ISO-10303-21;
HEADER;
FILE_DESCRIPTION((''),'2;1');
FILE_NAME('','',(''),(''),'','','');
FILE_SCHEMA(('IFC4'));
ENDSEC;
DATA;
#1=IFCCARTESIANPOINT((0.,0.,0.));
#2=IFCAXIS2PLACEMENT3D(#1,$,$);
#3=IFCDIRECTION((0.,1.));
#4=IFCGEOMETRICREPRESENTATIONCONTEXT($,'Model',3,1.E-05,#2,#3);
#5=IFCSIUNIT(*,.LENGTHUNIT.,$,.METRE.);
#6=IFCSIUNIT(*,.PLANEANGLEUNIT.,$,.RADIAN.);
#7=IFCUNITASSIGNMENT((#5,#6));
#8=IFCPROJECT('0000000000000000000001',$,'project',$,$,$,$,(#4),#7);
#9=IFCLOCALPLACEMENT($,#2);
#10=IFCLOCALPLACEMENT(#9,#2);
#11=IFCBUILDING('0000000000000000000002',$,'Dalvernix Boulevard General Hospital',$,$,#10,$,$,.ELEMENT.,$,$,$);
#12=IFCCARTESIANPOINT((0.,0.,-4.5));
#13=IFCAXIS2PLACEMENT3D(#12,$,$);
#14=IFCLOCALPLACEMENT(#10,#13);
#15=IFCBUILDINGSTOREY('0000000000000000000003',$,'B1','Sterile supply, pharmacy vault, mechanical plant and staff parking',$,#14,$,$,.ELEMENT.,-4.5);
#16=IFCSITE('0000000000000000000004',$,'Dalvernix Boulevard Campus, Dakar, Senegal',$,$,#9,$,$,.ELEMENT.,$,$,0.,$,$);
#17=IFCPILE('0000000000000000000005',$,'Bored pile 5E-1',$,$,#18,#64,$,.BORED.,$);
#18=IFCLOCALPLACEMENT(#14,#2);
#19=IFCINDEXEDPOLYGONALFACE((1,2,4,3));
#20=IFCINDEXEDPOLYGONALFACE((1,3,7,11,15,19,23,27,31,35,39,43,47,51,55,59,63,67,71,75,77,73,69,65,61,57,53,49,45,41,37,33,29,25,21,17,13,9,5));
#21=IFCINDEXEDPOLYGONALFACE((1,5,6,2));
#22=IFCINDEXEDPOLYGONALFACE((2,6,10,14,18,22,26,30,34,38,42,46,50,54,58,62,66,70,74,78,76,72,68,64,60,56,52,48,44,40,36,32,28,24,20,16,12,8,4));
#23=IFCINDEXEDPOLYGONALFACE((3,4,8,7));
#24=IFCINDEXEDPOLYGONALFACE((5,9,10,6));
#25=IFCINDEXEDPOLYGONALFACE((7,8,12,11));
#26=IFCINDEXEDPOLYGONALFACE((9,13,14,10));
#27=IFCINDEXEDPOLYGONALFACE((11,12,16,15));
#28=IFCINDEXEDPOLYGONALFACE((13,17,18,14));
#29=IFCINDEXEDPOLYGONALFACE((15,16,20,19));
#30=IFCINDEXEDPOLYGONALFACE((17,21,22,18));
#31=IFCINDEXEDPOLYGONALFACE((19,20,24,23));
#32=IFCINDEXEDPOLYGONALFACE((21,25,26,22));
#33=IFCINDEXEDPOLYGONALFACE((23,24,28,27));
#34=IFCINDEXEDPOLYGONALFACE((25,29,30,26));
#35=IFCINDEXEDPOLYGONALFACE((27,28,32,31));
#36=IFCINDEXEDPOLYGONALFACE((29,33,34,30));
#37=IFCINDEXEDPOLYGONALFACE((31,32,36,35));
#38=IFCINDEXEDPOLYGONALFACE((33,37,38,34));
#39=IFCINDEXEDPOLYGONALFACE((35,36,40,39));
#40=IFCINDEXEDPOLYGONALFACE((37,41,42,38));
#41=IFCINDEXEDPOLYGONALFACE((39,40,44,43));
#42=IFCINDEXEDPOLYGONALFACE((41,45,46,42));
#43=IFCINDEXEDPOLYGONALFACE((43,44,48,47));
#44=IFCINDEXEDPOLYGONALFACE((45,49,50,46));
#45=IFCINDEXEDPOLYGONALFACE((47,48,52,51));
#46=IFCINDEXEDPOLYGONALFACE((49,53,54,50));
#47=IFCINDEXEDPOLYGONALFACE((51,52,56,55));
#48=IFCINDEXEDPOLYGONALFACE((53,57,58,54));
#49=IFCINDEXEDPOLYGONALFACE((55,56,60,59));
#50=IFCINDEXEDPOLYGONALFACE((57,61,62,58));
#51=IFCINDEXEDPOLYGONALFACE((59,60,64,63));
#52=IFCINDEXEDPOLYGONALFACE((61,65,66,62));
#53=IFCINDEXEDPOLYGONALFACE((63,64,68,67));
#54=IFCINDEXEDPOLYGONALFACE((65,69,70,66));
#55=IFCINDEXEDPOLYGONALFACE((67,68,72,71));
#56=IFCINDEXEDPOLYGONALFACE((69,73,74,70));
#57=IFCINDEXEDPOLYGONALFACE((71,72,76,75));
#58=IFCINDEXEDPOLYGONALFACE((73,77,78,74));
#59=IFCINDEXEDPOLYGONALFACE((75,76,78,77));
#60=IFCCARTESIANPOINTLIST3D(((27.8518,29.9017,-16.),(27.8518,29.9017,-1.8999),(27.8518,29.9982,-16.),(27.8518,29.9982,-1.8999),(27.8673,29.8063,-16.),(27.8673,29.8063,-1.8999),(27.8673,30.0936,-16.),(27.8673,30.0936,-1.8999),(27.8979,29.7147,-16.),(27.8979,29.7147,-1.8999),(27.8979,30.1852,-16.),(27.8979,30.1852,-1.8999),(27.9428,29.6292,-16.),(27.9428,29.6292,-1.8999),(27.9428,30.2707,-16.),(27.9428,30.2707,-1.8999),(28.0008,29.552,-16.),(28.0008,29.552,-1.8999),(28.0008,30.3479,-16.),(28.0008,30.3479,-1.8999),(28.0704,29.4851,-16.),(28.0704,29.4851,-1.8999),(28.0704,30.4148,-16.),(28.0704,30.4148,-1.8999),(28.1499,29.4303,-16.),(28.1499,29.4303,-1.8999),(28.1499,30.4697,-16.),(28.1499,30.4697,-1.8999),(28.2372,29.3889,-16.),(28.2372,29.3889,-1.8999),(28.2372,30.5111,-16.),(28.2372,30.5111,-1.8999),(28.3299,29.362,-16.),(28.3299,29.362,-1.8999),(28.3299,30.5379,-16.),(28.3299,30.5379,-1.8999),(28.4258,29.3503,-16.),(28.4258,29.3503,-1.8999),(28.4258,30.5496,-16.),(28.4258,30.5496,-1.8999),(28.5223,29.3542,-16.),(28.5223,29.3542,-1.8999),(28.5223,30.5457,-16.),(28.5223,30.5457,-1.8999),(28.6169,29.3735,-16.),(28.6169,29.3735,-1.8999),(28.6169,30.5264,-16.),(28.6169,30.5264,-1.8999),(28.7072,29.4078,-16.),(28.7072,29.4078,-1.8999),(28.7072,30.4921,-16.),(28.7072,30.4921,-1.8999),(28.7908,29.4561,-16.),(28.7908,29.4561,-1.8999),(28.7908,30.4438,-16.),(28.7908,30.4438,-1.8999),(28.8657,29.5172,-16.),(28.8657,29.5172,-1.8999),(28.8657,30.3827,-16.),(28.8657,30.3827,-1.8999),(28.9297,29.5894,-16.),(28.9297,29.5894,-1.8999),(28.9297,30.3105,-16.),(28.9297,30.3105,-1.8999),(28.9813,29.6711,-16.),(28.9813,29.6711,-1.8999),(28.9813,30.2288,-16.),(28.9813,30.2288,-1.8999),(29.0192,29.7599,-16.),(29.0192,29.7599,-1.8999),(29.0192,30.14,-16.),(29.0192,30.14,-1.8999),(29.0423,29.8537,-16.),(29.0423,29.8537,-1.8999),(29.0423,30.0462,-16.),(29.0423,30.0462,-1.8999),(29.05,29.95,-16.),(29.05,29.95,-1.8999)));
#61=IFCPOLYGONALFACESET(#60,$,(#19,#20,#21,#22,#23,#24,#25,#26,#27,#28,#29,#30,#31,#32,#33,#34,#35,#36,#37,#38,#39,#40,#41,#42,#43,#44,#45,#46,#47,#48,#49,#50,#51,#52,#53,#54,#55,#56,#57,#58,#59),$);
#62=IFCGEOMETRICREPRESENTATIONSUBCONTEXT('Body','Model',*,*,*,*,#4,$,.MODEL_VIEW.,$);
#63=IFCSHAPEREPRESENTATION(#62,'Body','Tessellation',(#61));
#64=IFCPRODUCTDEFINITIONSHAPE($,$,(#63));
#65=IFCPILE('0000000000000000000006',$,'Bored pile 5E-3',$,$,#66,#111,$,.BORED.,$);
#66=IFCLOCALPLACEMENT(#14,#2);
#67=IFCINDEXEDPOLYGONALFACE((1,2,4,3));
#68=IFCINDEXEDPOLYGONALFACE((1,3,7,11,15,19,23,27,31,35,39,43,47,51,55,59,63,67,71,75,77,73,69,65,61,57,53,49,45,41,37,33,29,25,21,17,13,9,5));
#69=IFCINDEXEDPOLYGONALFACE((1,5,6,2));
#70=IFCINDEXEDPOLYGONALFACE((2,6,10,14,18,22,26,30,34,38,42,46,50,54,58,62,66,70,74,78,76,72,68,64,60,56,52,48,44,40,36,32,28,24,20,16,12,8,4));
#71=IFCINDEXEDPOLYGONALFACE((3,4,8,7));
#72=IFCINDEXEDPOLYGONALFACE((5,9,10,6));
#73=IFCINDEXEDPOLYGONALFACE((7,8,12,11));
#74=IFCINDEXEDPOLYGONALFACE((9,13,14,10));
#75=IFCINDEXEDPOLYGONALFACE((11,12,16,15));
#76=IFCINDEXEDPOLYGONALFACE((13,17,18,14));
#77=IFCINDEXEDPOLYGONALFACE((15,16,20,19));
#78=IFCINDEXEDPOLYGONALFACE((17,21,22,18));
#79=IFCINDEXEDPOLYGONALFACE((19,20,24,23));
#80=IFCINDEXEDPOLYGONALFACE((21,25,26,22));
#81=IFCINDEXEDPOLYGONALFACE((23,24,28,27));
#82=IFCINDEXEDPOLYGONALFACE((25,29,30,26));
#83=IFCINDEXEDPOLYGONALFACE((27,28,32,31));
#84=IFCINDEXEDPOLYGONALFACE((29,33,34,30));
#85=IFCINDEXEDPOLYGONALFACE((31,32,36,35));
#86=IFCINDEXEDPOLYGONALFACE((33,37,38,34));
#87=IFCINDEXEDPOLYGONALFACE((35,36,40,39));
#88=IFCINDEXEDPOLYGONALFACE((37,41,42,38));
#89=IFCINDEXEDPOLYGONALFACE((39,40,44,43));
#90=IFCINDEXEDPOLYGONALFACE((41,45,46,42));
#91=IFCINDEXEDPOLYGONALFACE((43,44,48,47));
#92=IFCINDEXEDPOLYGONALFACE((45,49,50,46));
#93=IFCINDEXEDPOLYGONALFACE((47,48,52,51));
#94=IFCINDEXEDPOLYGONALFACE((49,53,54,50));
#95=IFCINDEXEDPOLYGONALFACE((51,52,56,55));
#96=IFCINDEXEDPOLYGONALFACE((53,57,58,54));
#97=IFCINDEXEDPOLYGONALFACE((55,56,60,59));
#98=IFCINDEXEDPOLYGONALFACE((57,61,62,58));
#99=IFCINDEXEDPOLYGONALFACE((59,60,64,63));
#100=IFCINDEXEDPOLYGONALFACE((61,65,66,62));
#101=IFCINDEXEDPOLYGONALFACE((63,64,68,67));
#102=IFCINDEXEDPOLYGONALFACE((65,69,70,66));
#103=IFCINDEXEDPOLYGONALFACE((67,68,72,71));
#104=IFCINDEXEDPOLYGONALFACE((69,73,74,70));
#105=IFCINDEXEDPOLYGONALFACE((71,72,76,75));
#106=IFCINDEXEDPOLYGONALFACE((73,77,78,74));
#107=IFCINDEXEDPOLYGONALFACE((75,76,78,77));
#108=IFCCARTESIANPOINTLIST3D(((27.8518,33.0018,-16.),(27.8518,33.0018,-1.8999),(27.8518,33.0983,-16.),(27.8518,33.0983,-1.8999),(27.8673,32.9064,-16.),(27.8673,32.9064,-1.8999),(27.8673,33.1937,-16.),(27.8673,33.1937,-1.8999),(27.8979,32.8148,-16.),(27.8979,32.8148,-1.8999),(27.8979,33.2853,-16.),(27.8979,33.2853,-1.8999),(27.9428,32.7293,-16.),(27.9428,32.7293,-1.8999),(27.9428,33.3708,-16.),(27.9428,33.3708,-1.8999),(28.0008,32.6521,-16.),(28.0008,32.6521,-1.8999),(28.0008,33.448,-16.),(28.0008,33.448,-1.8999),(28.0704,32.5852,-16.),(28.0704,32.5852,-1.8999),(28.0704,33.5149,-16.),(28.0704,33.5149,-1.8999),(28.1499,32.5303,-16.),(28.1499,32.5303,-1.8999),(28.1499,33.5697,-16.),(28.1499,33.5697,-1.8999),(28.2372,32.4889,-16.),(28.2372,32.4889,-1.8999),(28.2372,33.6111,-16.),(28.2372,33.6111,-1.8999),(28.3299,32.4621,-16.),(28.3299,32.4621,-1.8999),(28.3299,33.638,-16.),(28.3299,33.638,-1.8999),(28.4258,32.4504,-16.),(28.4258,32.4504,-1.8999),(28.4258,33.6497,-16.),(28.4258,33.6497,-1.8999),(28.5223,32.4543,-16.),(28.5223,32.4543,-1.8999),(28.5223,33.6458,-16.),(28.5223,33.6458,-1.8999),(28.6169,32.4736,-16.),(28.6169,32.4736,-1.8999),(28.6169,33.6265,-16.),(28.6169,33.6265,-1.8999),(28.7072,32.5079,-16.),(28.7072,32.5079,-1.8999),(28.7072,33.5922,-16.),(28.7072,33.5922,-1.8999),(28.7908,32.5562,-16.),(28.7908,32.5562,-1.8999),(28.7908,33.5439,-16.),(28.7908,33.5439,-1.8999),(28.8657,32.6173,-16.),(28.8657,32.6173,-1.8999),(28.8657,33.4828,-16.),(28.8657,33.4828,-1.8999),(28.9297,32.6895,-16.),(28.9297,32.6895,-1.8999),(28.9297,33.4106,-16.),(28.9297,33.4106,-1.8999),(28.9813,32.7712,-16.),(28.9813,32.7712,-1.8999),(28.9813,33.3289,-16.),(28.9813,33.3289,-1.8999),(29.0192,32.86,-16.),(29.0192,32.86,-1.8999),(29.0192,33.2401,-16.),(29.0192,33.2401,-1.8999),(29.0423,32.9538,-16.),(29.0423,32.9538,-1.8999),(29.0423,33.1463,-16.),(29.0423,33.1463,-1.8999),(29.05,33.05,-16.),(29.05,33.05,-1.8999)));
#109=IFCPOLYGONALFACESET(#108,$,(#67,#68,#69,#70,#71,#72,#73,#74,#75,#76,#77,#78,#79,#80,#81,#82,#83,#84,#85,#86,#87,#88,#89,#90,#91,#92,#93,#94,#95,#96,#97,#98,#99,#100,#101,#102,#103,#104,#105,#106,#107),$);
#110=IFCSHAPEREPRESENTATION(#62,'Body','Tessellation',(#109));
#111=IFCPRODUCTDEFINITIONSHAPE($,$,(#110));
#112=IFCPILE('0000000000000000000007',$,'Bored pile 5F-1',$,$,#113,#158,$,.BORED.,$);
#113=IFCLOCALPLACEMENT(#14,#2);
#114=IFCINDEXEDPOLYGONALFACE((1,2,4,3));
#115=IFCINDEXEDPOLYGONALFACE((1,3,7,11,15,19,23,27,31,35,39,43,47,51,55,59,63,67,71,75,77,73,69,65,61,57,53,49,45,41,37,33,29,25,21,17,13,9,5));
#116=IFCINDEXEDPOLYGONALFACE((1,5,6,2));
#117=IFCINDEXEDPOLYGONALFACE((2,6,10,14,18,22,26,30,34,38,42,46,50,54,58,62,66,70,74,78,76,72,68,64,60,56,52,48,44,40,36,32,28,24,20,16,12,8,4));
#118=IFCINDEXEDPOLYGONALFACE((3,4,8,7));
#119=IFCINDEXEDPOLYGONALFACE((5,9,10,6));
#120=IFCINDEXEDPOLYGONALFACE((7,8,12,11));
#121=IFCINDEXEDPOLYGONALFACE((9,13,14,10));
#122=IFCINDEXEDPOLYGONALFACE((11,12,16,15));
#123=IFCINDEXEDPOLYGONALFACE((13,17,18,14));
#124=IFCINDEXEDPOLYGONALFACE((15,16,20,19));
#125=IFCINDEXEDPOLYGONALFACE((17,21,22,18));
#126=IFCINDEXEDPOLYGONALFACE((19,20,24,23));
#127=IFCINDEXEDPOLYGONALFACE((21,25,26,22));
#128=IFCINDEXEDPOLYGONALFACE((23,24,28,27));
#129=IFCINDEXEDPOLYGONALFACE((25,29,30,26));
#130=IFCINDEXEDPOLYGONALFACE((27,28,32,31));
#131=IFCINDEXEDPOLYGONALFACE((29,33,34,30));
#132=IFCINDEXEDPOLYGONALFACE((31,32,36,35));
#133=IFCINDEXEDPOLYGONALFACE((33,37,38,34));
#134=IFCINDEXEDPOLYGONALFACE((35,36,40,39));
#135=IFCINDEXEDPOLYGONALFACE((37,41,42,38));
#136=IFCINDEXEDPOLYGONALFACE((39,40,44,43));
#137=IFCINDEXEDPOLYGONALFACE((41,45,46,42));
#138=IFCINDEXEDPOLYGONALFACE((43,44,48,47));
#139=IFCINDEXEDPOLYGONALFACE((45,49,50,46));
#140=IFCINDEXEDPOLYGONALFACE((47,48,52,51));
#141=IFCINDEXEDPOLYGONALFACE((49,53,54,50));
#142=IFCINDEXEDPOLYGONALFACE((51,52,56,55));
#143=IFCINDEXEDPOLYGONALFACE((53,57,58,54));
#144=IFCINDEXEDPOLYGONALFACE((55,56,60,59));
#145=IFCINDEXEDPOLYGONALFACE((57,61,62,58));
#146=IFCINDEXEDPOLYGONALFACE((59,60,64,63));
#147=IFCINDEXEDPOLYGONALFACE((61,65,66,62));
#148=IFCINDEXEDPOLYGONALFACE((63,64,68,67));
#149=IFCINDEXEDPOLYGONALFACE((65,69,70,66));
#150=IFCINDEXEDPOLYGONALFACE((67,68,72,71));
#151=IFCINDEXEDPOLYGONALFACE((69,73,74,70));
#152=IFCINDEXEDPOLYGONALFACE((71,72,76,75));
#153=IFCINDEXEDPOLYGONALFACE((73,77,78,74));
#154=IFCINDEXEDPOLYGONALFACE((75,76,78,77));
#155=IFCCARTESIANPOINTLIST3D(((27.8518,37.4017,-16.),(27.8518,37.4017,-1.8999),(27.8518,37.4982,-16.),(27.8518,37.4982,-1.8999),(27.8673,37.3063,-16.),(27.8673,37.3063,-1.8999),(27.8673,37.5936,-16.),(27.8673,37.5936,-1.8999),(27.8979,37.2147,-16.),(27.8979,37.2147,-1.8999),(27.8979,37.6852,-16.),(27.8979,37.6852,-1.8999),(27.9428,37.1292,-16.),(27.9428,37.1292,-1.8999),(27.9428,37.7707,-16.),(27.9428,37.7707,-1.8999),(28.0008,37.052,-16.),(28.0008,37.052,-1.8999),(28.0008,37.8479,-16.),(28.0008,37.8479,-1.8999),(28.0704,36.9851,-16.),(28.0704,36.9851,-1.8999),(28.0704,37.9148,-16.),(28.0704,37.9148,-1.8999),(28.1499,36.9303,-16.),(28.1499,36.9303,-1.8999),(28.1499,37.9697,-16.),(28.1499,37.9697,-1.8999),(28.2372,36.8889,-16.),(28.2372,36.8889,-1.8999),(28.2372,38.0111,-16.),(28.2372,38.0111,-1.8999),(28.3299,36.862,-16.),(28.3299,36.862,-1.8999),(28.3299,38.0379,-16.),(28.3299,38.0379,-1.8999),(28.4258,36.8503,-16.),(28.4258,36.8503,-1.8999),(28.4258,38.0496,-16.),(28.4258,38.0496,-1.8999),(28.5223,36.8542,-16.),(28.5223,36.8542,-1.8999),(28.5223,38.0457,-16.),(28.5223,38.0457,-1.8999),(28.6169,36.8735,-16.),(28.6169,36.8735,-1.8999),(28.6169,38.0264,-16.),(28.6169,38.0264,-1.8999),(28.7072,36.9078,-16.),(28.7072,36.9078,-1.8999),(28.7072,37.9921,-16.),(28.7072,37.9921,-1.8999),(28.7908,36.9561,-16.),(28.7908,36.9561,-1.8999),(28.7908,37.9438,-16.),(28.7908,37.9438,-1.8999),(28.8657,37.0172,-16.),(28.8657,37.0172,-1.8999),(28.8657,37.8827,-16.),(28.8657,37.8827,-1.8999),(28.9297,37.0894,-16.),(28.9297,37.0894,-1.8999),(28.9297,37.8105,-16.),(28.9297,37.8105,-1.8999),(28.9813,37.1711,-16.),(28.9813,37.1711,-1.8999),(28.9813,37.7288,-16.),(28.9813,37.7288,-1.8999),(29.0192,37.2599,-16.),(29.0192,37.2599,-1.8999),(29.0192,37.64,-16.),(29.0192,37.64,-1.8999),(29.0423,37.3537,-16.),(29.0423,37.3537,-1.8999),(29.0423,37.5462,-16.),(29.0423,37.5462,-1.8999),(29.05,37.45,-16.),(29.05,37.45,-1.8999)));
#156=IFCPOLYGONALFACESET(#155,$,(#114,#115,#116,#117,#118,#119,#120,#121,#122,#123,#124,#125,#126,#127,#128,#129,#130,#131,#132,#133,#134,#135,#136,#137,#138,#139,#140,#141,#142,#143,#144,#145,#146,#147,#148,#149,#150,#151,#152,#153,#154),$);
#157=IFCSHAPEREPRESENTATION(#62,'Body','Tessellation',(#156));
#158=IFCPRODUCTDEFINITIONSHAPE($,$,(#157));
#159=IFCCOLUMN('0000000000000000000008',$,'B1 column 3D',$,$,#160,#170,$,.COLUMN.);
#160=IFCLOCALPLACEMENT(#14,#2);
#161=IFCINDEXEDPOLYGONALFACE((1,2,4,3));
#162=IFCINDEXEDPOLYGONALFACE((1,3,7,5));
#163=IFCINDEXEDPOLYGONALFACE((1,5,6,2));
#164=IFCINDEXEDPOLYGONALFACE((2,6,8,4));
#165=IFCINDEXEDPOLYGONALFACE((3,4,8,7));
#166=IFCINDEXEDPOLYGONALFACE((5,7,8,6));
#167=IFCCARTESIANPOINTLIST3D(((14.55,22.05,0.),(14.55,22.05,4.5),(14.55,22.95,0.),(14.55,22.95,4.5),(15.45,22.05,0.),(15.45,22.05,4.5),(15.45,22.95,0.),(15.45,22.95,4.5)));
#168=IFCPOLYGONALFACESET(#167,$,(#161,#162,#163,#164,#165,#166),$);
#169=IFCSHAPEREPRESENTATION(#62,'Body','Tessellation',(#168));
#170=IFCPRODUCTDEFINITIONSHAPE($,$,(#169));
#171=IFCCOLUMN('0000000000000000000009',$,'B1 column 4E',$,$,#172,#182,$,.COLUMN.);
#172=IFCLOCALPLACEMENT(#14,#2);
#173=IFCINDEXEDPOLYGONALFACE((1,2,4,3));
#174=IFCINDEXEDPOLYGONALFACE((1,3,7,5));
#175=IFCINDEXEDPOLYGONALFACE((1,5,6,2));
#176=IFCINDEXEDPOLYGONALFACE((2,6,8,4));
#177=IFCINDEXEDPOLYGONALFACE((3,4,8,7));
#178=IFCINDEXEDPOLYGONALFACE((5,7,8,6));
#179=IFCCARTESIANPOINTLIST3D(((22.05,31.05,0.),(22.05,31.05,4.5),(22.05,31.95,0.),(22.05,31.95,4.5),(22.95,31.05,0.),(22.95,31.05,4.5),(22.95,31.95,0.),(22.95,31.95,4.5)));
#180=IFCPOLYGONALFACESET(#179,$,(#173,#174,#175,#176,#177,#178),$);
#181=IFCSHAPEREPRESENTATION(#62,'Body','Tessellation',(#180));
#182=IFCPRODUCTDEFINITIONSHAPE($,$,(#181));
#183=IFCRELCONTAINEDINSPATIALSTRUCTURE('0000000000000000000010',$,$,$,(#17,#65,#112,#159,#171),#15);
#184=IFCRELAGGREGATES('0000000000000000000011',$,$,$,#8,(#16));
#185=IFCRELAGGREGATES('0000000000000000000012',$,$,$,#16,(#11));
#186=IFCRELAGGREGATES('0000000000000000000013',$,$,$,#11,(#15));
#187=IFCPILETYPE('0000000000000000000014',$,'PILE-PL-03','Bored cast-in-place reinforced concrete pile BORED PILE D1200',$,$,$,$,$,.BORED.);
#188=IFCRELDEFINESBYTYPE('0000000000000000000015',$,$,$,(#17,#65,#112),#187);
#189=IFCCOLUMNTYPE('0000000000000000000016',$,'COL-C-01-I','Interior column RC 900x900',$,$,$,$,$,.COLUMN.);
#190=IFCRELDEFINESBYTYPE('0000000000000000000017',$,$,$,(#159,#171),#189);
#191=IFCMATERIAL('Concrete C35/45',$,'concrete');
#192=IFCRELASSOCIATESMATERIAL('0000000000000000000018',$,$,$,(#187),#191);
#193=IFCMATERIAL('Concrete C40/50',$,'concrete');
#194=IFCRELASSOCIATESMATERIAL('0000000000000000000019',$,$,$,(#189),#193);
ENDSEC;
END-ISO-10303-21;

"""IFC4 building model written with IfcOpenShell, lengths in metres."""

from ifc_helpers import new_model, si_unit, direction, frame, origin, origin_2d, place, context, subcontext, project, spatial, rectangle, circle, extrude, material, material_profile, profile_set, type_object, element, save


model = new_model("IFC4")

# Units and contexts
model_context = context("Model", 3, precision=1e-05, world=origin(), true_north=direction((0.0, 1.0)))
body_context = subcontext(model_context, "Body", "Model", "MODEL_VIEW")
ifc_project = project(units=[si_unit("LENGTHUNIT", "METRE"), si_unit("PLANEANGLEUNIT", "RADIAN")], contexts=[model_context])

# Site, building, storey
site_placement = place(None, origin())
site = spatial("IfcSite", under=ifc_project, at=site_placement, Name="Dalvernix Boulevard Campus, Dakar, Senegal", CompositionType="ELEMENT", RefElevation=0.0)
building_placement = place(site_placement, origin())
building = spatial("IfcBuilding", under=site, at=building_placement, Name="Dalvernix Boulevard General Hospital", CompositionType="ELEMENT")
storey_placement = place(building_placement, frame((0.0, 0.0, -4.5)))
storey = spatial("IfcBuildingStorey", under=building, at=storey_placement, Name="B1", Description="Sterile supply, pharmacy vault, mechanical plant and staff parking", CompositionType="ELEMENT", Elevation=-4.5)

# Shared definitions
ifc_material_1 = material(Name="Concrete C35/45", Category="concrete")
ifc_material_2 = material(Name="Concrete C40/50", Category="concrete")

# Piles
ifc_material_profile_1 = material_profile(ifc_material_1, circle(Radius=0.6001, at=origin_2d()), Name="BORED PILE D1200")
ifc_profile_set_1 = profile_set([ifc_material_profile_1], Name="Concrete C35/45")
pile_type = type_object("IfcPileType", Name="PILE-PL-03", Description="Bored cast-in-place reinforced concrete pile BORED PILE D1200", PredefinedType="BORED", material=ifc_profile_set_1)
for number, where, z_axis, x_axis, name in (
    (1, (28.45, 29.95, -1.8999), (0.0, 0.0, -1.0), (1.0, 0.0, 0.0), "Bored pile 5E-1"),
    (2, (28.45, 33.05, -1.8999), (0.0, 0.0, -1.0), (1.0, 0.0, 0.0), "Bored pile 5E-3"),
    (3, (28.45, 37.45, -1.8999), (0.0, 0.0, -1.0), (1.0, 0.0, 0.0), "Bored pile 5F-1"),
):
    element("IfcPile", number, at=place(storey_placement, frame(where, z_axis=z_axis, x_axis=x_axis)), inside=storey, type_object=pile_type, Name=name, PredefinedType="BORED", context=body_context, shape_type="SweptSolid", body=[
        extrude(circle(Radius=0.6001, at=origin_2d()), origin(), (0.0, 0.0, 1.0), 14.1001),
    ])

# Columns
ifc_material_profile_2 = material_profile(ifc_material_2, rectangle(XDim=0.8999, YDim=0.8999, at=origin_2d()), Name="RC 900x900")
ifc_profile_set_2 = profile_set([ifc_material_profile_2], Name="Concrete C40/50")
column_type_1 = type_object("IfcColumnType", Name="COL-C-01-I", Description="Interior column RC 900x900", PredefinedType="COLUMN", material=ifc_profile_set_2)
for number, where, z_axis, x_axis, name in (
    (4, (15.0, 22.5, 0.0), (0.0, 0.0, 1.0), (1.0, 0.0, 0.0), "B1 column 3D"),
    (5, (22.5, 31.5, 0.0), (0.0, 0.0, 1.0), (1.0, 0.0, 0.0), "B1 column 4E"),
):
    element("IfcColumn", number, at=place(storey_placement, frame(where, z_axis=z_axis, x_axis=x_axis)), inside=storey, type_object=column_type_1, Name=name, PredefinedType="COLUMN", context=body_context, shape_type="SweptSolid", body=[
        extrude(rectangle(XDim=0.8999, YDim=0.8999, at=origin_2d()), origin(), (0.0, 0.0, 1.0), 4.5),
    ])

save(model, "model.ifc")
